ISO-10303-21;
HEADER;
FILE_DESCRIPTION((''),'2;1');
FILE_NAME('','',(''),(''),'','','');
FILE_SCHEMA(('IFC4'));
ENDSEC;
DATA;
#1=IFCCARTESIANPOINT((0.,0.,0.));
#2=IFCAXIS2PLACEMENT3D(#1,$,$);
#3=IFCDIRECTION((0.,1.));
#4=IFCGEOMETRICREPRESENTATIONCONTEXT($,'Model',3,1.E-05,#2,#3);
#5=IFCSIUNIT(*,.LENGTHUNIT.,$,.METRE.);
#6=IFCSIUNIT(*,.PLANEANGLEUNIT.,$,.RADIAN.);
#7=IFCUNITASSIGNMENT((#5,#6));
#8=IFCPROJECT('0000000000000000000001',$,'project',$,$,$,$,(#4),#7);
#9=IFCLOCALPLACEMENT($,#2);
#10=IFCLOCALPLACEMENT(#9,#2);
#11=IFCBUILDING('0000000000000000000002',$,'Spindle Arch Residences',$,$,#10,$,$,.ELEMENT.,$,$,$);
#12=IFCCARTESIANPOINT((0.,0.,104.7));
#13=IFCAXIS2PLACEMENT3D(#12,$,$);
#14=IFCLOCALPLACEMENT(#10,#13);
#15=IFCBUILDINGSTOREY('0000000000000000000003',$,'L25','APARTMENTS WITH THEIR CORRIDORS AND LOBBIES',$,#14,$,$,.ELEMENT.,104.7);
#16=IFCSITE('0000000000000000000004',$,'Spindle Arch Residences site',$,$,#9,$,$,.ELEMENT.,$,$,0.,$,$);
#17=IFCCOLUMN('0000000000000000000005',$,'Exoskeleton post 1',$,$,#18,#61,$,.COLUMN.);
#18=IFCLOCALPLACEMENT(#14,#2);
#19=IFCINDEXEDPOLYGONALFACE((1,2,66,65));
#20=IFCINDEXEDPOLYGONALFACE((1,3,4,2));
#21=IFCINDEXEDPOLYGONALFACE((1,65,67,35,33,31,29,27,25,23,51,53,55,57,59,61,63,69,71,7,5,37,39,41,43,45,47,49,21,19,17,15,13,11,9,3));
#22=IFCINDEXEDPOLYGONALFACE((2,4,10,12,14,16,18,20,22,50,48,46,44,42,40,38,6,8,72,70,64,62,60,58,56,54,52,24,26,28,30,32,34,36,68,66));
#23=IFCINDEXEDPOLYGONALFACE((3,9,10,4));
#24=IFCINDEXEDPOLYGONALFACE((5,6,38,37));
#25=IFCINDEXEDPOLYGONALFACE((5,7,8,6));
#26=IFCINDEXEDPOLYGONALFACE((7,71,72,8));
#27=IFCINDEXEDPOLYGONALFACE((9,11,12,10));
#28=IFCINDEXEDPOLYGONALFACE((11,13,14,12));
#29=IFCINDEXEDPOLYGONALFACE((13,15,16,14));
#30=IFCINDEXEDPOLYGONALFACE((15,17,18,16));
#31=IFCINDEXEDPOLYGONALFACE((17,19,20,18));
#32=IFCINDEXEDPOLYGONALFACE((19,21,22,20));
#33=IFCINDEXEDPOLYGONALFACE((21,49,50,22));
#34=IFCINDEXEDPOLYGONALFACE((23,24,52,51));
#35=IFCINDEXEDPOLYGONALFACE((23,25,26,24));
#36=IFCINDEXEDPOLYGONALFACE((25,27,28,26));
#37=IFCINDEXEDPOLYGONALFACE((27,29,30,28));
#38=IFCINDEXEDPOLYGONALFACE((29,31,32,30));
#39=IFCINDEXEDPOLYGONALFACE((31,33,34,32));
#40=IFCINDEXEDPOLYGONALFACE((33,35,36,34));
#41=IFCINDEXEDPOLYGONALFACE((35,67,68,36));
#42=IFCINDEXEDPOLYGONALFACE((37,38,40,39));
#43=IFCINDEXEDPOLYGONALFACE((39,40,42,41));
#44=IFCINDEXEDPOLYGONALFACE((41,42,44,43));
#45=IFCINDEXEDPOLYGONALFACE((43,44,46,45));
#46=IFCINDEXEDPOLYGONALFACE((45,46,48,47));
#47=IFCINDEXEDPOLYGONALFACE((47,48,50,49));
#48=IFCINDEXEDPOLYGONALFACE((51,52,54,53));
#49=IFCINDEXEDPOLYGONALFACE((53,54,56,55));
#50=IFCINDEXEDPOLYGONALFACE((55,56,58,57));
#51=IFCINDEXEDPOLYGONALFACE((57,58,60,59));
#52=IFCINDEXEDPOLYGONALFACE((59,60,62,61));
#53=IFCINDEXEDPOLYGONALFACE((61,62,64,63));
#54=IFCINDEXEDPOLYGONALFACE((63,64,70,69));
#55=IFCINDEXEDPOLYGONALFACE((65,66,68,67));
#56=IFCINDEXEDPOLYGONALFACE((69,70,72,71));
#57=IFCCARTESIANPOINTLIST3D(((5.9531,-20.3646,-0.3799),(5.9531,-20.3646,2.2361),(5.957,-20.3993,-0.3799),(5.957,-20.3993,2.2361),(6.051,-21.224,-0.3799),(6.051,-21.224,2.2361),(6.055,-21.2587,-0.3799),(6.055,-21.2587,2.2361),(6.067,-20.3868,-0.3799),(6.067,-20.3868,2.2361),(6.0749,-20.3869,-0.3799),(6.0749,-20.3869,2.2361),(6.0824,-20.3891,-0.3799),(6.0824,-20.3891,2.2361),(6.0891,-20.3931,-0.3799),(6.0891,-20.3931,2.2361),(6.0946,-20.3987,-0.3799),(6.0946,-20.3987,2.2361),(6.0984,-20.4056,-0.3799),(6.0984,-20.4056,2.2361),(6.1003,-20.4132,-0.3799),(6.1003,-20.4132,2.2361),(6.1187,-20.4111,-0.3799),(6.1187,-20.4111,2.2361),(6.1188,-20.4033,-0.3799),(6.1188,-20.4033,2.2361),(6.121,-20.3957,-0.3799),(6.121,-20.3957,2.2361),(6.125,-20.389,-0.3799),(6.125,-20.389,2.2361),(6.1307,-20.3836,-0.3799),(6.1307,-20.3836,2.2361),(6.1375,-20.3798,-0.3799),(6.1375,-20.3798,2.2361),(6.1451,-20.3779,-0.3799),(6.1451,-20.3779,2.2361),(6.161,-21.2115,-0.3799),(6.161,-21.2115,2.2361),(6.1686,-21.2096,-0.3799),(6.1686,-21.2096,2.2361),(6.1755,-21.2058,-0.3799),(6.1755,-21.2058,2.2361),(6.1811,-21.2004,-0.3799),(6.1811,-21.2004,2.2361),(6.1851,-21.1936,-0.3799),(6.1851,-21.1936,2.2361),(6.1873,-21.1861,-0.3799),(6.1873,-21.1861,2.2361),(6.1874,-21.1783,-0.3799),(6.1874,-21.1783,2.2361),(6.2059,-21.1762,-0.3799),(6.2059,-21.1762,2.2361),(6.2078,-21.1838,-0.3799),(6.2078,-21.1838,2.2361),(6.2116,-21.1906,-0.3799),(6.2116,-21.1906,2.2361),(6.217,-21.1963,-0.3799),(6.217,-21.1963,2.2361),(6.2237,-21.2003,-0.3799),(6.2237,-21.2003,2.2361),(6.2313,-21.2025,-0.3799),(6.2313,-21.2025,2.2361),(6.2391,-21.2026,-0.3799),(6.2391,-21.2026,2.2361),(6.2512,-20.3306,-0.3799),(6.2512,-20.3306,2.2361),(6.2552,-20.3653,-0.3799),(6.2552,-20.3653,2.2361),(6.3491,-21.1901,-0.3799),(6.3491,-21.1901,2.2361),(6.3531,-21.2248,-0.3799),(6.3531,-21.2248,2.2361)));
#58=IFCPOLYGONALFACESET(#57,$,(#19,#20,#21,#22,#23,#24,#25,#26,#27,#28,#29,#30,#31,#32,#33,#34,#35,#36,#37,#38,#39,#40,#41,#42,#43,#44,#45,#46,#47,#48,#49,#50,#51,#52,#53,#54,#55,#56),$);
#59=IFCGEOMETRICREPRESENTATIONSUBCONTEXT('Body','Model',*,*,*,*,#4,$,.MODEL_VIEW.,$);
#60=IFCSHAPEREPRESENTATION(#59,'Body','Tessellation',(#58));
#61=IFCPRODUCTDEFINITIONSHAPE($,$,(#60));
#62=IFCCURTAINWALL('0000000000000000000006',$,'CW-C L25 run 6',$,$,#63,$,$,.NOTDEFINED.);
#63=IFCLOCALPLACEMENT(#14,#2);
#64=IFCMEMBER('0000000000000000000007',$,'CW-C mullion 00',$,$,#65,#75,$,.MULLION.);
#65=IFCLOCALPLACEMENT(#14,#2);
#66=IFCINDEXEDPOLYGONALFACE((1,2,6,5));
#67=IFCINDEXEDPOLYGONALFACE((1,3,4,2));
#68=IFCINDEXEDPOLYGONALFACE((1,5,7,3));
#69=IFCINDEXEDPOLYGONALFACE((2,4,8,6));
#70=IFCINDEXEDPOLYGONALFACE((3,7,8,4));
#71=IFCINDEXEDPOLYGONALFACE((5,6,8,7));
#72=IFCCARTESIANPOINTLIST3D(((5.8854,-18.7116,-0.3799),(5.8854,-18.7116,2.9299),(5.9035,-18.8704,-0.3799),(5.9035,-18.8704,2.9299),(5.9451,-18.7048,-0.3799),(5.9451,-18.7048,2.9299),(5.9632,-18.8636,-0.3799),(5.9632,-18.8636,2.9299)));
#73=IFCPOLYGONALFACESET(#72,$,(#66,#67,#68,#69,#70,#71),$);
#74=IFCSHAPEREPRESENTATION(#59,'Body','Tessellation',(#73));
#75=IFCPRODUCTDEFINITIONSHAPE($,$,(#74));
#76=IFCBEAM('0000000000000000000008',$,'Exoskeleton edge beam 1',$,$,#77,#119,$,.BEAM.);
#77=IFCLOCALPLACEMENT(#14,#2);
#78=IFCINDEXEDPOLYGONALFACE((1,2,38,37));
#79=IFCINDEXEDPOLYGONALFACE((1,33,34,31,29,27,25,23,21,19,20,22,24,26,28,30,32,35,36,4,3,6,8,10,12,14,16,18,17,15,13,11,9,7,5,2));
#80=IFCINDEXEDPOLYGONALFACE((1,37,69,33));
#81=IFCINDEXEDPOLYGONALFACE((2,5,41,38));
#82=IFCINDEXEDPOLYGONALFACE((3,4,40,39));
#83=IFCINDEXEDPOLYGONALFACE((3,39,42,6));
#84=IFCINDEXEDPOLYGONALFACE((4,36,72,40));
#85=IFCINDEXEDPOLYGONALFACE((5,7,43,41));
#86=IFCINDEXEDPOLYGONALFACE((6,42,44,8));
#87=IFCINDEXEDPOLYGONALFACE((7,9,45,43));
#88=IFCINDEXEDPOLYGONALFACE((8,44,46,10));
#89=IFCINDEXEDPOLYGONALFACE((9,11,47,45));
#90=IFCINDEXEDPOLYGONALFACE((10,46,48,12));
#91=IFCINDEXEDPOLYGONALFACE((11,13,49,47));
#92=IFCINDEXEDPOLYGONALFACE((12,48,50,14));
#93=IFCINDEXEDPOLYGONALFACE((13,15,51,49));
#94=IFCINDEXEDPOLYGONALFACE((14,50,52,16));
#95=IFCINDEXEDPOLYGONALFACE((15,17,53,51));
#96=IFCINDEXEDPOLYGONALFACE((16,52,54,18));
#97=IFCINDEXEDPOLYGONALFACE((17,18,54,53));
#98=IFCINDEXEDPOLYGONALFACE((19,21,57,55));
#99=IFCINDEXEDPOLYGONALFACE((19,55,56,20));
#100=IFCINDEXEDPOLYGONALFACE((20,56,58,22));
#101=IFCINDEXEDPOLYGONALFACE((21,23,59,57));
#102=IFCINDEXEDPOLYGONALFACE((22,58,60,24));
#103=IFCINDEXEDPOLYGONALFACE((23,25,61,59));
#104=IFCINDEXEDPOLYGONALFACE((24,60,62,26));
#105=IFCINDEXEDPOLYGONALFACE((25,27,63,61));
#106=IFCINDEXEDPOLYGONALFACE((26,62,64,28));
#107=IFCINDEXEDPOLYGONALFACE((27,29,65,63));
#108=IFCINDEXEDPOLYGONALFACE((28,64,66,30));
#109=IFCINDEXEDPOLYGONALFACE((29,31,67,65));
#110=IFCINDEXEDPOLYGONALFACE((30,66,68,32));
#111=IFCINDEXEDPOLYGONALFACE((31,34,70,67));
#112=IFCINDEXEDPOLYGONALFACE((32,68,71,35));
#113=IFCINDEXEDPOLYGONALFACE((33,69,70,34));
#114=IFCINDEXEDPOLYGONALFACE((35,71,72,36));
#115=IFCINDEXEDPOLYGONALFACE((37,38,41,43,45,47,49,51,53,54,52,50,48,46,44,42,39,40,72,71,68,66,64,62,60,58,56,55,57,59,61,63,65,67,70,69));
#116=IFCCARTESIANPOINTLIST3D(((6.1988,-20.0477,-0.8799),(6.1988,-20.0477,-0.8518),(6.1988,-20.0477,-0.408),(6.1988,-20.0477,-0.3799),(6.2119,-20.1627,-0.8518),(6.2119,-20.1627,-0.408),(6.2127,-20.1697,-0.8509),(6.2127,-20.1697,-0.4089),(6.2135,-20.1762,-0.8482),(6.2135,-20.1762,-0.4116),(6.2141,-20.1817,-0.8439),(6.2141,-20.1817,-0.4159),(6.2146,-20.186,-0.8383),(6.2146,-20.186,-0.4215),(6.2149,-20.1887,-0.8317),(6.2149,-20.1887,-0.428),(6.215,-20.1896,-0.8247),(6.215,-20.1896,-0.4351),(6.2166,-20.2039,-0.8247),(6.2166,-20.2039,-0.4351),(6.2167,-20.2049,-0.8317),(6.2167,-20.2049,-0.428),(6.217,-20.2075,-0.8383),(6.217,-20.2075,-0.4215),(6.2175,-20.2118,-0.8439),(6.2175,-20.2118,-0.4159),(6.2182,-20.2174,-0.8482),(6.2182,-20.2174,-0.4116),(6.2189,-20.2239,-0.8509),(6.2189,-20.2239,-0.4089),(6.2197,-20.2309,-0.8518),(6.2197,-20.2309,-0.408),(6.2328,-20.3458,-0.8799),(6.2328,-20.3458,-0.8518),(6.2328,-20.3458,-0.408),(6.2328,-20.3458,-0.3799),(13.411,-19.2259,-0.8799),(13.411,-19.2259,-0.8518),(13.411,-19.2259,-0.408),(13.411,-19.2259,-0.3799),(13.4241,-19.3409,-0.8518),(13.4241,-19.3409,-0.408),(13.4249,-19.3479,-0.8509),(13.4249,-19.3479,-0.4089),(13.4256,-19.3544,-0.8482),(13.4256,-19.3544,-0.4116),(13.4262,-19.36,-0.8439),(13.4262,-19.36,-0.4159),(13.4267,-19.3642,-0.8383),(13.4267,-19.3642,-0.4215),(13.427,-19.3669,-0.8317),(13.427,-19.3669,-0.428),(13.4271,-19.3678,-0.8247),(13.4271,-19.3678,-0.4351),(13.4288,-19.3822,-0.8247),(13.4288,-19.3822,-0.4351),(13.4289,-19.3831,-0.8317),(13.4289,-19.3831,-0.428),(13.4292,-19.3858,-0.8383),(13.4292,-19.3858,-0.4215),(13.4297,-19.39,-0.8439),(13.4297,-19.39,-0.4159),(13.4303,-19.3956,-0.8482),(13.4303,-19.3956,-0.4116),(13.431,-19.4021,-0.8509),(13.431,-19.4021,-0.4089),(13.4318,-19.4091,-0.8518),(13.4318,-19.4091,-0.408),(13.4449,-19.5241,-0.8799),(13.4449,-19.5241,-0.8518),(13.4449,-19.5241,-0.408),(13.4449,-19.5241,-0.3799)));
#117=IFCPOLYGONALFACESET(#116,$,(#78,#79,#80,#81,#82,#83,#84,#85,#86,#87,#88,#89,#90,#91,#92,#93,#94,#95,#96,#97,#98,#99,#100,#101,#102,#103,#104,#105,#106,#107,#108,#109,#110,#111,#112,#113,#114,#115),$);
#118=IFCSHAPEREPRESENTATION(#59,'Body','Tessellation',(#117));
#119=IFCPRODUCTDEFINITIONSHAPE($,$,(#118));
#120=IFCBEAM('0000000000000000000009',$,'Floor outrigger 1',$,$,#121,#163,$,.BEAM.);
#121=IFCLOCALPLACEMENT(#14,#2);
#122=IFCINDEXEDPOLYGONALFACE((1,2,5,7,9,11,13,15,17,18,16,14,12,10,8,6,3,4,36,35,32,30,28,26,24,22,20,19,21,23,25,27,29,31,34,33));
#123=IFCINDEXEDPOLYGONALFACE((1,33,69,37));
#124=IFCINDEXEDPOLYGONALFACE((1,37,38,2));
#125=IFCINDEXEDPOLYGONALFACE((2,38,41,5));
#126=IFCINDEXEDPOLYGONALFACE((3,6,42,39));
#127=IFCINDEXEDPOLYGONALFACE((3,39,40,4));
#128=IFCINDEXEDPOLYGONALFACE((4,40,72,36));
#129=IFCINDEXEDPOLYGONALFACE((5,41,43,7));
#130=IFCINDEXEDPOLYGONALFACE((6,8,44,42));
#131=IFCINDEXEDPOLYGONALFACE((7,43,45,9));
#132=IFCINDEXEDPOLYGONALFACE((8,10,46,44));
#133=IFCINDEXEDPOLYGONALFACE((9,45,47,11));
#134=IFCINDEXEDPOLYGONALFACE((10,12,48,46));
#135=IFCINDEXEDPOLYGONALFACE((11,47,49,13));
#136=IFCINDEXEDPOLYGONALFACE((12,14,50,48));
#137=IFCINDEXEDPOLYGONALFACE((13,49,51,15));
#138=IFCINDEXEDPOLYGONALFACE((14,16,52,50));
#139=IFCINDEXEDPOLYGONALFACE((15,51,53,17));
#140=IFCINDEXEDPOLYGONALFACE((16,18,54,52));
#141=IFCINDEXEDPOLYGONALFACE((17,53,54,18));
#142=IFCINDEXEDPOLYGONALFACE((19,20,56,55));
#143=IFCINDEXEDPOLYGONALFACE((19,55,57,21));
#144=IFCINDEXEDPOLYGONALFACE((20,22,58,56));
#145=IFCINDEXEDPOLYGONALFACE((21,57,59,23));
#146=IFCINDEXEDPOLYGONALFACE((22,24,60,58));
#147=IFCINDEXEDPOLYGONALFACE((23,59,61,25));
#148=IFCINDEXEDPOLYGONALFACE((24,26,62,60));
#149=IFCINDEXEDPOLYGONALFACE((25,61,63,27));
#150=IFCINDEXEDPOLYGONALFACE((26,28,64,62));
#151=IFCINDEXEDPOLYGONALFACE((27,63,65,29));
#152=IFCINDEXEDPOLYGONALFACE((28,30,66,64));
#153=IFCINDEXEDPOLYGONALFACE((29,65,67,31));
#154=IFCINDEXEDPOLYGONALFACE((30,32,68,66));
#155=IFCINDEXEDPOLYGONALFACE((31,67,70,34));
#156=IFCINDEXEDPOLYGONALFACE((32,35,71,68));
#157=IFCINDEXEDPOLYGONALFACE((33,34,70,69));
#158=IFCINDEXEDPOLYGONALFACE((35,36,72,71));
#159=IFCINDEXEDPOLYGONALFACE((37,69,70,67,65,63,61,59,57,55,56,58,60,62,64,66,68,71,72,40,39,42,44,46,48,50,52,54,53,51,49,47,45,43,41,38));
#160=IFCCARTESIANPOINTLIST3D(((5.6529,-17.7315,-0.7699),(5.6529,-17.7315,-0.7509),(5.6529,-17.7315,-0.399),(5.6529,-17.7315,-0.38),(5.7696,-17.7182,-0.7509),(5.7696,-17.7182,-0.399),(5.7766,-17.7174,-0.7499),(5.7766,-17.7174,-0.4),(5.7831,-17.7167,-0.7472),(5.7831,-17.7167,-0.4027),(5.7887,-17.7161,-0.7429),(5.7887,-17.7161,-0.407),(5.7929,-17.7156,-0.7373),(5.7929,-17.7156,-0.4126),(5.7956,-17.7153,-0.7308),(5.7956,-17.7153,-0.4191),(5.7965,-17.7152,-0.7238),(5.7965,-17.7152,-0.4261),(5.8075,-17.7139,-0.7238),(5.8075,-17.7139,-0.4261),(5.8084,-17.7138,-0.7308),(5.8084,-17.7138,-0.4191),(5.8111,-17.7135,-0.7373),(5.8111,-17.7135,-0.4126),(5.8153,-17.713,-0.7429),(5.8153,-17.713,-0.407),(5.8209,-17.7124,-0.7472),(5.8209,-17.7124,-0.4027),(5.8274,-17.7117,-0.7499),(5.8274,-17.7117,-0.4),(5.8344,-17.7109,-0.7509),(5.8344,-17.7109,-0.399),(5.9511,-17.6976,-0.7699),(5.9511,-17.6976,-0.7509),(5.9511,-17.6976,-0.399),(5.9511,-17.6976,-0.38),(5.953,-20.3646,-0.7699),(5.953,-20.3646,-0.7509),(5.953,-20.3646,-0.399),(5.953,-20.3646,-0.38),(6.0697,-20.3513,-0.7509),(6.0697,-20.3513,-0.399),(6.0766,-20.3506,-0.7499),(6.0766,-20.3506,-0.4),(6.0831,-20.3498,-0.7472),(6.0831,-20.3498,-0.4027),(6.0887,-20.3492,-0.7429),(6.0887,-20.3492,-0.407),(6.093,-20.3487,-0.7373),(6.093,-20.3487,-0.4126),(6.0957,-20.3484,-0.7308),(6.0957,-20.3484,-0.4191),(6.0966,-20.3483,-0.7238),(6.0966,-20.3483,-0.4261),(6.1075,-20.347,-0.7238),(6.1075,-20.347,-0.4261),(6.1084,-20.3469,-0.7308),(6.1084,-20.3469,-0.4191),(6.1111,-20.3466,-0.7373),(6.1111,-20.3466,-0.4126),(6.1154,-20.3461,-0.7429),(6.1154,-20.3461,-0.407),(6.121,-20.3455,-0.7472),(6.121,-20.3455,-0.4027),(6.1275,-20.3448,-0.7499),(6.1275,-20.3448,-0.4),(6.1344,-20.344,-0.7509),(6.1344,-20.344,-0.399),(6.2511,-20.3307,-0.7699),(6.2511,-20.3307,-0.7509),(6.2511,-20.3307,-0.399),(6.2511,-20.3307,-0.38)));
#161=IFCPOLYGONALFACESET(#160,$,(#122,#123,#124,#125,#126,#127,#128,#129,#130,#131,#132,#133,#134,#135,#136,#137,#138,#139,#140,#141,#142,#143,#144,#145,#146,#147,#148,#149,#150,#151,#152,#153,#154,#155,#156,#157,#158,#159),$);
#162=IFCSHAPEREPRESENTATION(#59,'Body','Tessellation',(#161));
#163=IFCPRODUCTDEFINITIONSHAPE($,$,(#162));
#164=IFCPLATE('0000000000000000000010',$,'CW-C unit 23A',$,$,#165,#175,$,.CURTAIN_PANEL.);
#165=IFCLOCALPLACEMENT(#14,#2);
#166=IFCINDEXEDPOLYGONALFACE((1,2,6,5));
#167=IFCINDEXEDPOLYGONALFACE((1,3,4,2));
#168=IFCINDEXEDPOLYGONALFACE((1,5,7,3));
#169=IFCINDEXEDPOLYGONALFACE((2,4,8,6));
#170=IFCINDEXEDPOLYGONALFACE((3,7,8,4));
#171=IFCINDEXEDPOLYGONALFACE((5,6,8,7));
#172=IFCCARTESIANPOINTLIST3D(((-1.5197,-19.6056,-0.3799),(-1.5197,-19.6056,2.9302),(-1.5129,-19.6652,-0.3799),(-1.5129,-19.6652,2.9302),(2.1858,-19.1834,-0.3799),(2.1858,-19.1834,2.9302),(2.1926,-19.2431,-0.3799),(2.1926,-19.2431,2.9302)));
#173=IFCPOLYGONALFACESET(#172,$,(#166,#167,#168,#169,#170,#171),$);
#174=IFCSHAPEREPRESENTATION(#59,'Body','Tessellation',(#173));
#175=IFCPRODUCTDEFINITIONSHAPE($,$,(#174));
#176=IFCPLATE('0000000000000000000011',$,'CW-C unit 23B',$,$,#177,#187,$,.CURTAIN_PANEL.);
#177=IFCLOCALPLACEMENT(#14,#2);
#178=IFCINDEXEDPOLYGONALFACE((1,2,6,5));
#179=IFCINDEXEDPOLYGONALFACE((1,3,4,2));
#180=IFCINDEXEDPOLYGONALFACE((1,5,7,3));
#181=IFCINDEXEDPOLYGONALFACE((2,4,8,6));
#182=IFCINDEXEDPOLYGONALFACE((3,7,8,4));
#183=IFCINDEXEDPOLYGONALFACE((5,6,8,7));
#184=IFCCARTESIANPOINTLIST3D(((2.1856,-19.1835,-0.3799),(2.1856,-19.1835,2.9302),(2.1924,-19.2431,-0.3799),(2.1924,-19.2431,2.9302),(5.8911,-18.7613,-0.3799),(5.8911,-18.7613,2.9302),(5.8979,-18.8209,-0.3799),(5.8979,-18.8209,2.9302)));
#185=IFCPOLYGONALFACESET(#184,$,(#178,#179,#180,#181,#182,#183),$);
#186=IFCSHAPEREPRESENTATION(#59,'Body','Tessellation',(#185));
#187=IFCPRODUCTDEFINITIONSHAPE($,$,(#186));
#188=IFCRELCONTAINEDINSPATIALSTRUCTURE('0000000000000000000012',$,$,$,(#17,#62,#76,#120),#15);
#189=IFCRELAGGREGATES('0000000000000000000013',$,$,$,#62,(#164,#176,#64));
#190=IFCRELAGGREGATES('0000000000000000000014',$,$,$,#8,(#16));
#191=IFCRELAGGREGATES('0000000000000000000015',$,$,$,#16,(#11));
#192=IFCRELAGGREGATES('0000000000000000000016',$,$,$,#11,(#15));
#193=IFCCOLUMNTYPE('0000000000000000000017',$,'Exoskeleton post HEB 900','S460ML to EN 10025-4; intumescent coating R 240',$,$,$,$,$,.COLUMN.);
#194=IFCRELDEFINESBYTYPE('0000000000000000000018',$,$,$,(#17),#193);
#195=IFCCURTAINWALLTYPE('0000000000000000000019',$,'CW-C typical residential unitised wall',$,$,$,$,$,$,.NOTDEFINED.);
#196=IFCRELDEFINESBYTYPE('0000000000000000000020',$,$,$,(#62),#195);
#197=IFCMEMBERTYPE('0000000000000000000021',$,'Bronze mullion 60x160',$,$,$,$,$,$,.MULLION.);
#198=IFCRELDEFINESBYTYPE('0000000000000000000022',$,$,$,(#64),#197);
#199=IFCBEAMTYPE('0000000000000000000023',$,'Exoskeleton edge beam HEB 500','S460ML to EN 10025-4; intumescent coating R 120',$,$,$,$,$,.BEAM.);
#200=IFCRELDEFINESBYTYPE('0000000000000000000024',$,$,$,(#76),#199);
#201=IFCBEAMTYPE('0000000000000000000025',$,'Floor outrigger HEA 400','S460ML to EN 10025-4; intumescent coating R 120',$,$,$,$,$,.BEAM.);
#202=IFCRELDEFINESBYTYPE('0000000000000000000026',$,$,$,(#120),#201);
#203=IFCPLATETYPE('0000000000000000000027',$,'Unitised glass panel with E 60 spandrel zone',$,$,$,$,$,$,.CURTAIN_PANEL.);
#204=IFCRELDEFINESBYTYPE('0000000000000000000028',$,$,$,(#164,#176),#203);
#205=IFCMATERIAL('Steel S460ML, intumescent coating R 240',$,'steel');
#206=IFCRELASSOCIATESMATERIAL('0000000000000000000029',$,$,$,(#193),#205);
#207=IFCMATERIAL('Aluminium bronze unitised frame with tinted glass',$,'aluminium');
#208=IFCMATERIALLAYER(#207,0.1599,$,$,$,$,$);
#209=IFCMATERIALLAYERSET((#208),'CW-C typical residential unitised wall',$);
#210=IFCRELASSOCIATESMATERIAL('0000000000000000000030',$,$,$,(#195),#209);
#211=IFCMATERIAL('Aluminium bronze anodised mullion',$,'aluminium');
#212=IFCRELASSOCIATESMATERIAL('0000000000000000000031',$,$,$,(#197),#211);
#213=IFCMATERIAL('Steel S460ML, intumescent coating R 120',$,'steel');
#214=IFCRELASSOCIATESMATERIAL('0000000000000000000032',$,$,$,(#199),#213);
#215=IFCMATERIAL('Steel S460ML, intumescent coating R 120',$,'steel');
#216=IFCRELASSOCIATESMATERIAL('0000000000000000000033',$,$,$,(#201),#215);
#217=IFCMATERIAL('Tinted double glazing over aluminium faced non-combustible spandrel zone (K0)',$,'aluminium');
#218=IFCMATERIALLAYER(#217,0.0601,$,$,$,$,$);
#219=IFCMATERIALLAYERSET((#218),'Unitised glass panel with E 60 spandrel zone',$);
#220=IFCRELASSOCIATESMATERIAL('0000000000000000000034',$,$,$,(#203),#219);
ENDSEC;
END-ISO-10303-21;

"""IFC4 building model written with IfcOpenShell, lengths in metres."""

from ifc_helpers import new_model, si_unit, direction, frame, origin, origin_2d, place, context, subcontext, project, spatial, rectangle, i_section, extrude, material, layer, layer_set, material_profile, profile_set, type_object, element, aggregate, save


model = new_model("IFC4")

# Units and contexts
model_context = context("Model", 3, precision=1e-05, world=origin(), true_north=direction((0.0, 1.0)))
body_context = subcontext(model_context, "Body", "Model", "MODEL_VIEW")
ifc_project = project(units=[si_unit("LENGTHUNIT", "METRE"), si_unit("PLANEANGLEUNIT", "RADIAN")], contexts=[model_context])

# Site, building, storey
site_placement = place(None, origin())
site = spatial("IfcSite", under=ifc_project, at=site_placement, Name="Spindle Arch Residences site", CompositionType="ELEMENT", RefElevation=0.0)
building_placement = place(site_placement, origin())
building = spatial("IfcBuilding", under=site, at=building_placement, Name="Spindle Arch Residences", CompositionType="ELEMENT")
storey_placement = place(building_placement, frame((0.0, 0.0, 104.7)))
storey = spatial("IfcBuildingStorey", under=building, at=storey_placement, Name="L25", Description="APARTMENTS WITH THEIR CORRIDORS AND LOBBIES", CompositionType="ELEMENT", Elevation=104.7)

# Column
ifc_material_1 = material(Name="Steel S460ML, intumescent coating R 240", Category="steel")
ifc_material_profile_1 = material_profile(ifc_material_1, i_section(OverallWidth=0.3, OverallDepth=0.8999, WebThickness=0.0186, FlangeThickness=0.0349, FilletRadius=0.03, at=origin_2d()), Name="HEB 900")
ifc_profile_set_1 = profile_set([ifc_material_profile_1], Name="Steel S460ML, intumescent coating R 240")
column_type = type_object("IfcColumnType", Name="Exoskeleton post HEB 900", Description="S460ML to EN 10025-4; intumescent coating R 240", PredefinedType="COLUMN", material=ifc_profile_set_1)
column_placement = place(storey_placement, frame((6.1531, -20.7947, -0.3799), z_axis=(0.0, 0.0, 1.0), x_axis=(-0.993572, -0.113203, 0.0)))
element("IfcColumn", 1, at=column_placement, inside=storey, type_object=column_type, Name="Exoskeleton post 1", PredefinedType="COLUMN", context=body_context, shape_type="SweptSolid", body=[
    extrude(i_section(OverallWidth=0.3, OverallDepth=0.8999, WebThickness=0.0186, FlangeThickness=0.0349, FilletRadius=0.03, at=origin_2d()), origin(), (0.0, 0.0, 1.0), 2.616),
])

# Curtain wall, member
ifc_material_2 = material(Name="Aluminium bronze unitised frame with tinted glass", Category="aluminium")
ifc_layer_1 = layer(ifc_material_2, 0.1599)
ifc_layer_set_1 = layer_set([ifc_layer_1], Name="CW-C typical residential unitised wall")
curtain_wall_type = type_object("IfcCurtainWallType", Name="CW-C typical residential unitised wall", PredefinedType="NOTDEFINED", material=ifc_layer_set_1)
curtain_wall_placement = place(storey_placement, origin())
curtain_wall = element("IfcCurtainWall", 2, at=curtain_wall_placement, inside=storey, type_object=curtain_wall_type, Name="CW-C L25 run 6", PredefinedType="NOTDEFINED")
ifc_material_3 = material(Name="Aluminium bronze anodised mullion", Category="aluminium")
ifc_material_profile_2 = material_profile(ifc_material_3, rectangle(XDim=0.1599, YDim=0.0601, at=origin_2d()), Name="MU 60x160")
ifc_profile_set_2 = profile_set([ifc_material_profile_2], Name="Aluminium bronze anodised mullion")
member_type = type_object("IfcMemberType", Name="Bronze mullion 60x160", PredefinedType="MULLION", material=ifc_profile_set_2)
member_placement = place(storey_placement, frame((5.9243, -18.7876, -0.3799), z_axis=(0.0, 0.0, 1.0), x_axis=(-0.113203, 0.993572, 0.0)))
member = element("IfcMember", 3, at=member_placement, type_object=member_type, Name="CW-C mullion 00", PredefinedType="MULLION", context=body_context, shape_type="SweptSolid", body=[
    extrude(rectangle(XDim=0.1599, YDim=0.0601, at=origin_2d()), origin(), (0.0, 0.0, 1.0), 3.3098),
])

# Beams
ifc_material_4 = material(Name="Steel S460ML, intumescent coating R 120", Category="steel")
ifc_material_profile_3 = material_profile(ifc_material_4, i_section(OverallWidth=0.3, OverallDepth=0.5, WebThickness=0.0144, FlangeThickness=0.0281, FilletRadius=0.0271, at=origin_2d()), Name="HEB 500")
ifc_profile_set_3 = profile_set([ifc_material_profile_3], Name="Steel S460ML, intumescent coating R 120")
beam_type_1 = type_object("IfcBeamType", Name="Exoskeleton edge beam HEB 500", Description="S460ML to EN 10025-4; intumescent coating R 120", PredefinedType="BEAM", material=ifc_profile_set_3)
beam_1_placement = place(storey_placement, frame((6.2158, -20.1968, -0.6299), z_axis=(0.993571, 0.113211, 0.0), x_axis=(-0.113211, 0.993571, 0.0)))
element("IfcBeam", 4, at=beam_1_placement, inside=storey, type_object=beam_type_1, Name="Exoskeleton edge beam 1", PredefinedType="BEAM", context=body_context, shape_type="SweptSolid", body=[
    extrude(i_section(OverallWidth=0.3, OverallDepth=0.5, WebThickness=0.0144, FlangeThickness=0.0281, FilletRadius=0.0271, at=origin_2d()), origin(), (0.0, 0.0, 1.0), 7.2588),
])
ifc_material_5 = material(Name="Steel S460ML, intumescent coating R 120", Category="steel")
ifc_material_profile_4 = material_profile(ifc_material_5, i_section(OverallWidth=0.3, OverallDepth=0.3899, WebThickness=0.011, FlangeThickness=0.019, FilletRadius=0.0271, at=origin_2d()), Name="HEA 400")
ifc_profile_set_4 = profile_set([ifc_material_profile_4], Name="Steel S460ML, intumescent coating R 120")
beam_type_2 = type_object("IfcBeamType", Name="Floor outrigger HEA 400", Description="S460ML to EN 10025-4; intumescent coating R 120", PredefinedType="BEAM", material=ifc_profile_set_4)
beam_2_placement = place(storey_placement, frame((6.1021, -20.3477, -0.575), z_axis=(-0.113222, 0.99357, 0.0), x_axis=(-0.99357, -0.113222, 0.0)))
element("IfcBeam", 5, at=beam_2_placement, inside=storey, type_object=beam_type_2, Name="Floor outrigger 1", PredefinedType="BEAM", context=body_context, shape_type="SweptSolid", body=[
    extrude(i_section(OverallWidth=0.3, OverallDepth=0.3899, WebThickness=0.011, FlangeThickness=0.019, FilletRadius=0.0271, at=origin_2d()), origin(), (0.0, 0.0, 1.0), 2.6501),
])

# Plates
ifc_material_6 = material(Name="Tinted double glazing over aluminium faced non-combustible spandrel zone (K0)", Category="aluminium")
ifc_layer_2 = layer(ifc_material_6, 0.0601)
ifc_layer_set_2 = layer_set([ifc_layer_2], Name="Unitised glass panel with E 60 spandrel zone")
plate_type = type_object("IfcPlateType", Name="Unitised glass panel with E 60 spandrel zone", PredefinedType="CURTAIN_PANEL", material=ifc_layer_set_2)
plate_1_placement = place(storey_placement, frame((0.3364, -19.4243, -0.3799), z_axis=(0.0, 0.0, 1.0), x_axis=(0.993572, 0.113203, 0.0)))
plate_1 = element("IfcPlate", 6, at=plate_1_placement, type_object=plate_type, Name="CW-C unit 23A", PredefinedType="CURTAIN_PANEL", context=body_context, shape_type="SweptSolid", body=[
    extrude(rectangle(XDim=3.7295, YDim=0.0601, at=origin_2d()), origin(), (0.0, 0.0, 1.0), 3.3101),
])
plate_2_placement = place(storey_placement, frame((4.0417, -19.0022, -0.3799), z_axis=(0.0, 0.0, 1.0), x_axis=(0.993572, 0.113203, 0.0)))
plate_2 = element("IfcPlate", 7, at=plate_2_placement, type_object=plate_type, Name="CW-C unit 23B", PredefinedType="CURTAIN_PANEL", context=body_context, shape_type="SweptSolid", body=[
    extrude(rectangle(XDim=3.7295, YDim=0.0601, at=origin_2d()), origin(), (0.0, 0.0, 1.0), 3.3101),
])
aggregate(curtain_wall, [plate_1, plate_2, member])

save(model, "model.ifc")
